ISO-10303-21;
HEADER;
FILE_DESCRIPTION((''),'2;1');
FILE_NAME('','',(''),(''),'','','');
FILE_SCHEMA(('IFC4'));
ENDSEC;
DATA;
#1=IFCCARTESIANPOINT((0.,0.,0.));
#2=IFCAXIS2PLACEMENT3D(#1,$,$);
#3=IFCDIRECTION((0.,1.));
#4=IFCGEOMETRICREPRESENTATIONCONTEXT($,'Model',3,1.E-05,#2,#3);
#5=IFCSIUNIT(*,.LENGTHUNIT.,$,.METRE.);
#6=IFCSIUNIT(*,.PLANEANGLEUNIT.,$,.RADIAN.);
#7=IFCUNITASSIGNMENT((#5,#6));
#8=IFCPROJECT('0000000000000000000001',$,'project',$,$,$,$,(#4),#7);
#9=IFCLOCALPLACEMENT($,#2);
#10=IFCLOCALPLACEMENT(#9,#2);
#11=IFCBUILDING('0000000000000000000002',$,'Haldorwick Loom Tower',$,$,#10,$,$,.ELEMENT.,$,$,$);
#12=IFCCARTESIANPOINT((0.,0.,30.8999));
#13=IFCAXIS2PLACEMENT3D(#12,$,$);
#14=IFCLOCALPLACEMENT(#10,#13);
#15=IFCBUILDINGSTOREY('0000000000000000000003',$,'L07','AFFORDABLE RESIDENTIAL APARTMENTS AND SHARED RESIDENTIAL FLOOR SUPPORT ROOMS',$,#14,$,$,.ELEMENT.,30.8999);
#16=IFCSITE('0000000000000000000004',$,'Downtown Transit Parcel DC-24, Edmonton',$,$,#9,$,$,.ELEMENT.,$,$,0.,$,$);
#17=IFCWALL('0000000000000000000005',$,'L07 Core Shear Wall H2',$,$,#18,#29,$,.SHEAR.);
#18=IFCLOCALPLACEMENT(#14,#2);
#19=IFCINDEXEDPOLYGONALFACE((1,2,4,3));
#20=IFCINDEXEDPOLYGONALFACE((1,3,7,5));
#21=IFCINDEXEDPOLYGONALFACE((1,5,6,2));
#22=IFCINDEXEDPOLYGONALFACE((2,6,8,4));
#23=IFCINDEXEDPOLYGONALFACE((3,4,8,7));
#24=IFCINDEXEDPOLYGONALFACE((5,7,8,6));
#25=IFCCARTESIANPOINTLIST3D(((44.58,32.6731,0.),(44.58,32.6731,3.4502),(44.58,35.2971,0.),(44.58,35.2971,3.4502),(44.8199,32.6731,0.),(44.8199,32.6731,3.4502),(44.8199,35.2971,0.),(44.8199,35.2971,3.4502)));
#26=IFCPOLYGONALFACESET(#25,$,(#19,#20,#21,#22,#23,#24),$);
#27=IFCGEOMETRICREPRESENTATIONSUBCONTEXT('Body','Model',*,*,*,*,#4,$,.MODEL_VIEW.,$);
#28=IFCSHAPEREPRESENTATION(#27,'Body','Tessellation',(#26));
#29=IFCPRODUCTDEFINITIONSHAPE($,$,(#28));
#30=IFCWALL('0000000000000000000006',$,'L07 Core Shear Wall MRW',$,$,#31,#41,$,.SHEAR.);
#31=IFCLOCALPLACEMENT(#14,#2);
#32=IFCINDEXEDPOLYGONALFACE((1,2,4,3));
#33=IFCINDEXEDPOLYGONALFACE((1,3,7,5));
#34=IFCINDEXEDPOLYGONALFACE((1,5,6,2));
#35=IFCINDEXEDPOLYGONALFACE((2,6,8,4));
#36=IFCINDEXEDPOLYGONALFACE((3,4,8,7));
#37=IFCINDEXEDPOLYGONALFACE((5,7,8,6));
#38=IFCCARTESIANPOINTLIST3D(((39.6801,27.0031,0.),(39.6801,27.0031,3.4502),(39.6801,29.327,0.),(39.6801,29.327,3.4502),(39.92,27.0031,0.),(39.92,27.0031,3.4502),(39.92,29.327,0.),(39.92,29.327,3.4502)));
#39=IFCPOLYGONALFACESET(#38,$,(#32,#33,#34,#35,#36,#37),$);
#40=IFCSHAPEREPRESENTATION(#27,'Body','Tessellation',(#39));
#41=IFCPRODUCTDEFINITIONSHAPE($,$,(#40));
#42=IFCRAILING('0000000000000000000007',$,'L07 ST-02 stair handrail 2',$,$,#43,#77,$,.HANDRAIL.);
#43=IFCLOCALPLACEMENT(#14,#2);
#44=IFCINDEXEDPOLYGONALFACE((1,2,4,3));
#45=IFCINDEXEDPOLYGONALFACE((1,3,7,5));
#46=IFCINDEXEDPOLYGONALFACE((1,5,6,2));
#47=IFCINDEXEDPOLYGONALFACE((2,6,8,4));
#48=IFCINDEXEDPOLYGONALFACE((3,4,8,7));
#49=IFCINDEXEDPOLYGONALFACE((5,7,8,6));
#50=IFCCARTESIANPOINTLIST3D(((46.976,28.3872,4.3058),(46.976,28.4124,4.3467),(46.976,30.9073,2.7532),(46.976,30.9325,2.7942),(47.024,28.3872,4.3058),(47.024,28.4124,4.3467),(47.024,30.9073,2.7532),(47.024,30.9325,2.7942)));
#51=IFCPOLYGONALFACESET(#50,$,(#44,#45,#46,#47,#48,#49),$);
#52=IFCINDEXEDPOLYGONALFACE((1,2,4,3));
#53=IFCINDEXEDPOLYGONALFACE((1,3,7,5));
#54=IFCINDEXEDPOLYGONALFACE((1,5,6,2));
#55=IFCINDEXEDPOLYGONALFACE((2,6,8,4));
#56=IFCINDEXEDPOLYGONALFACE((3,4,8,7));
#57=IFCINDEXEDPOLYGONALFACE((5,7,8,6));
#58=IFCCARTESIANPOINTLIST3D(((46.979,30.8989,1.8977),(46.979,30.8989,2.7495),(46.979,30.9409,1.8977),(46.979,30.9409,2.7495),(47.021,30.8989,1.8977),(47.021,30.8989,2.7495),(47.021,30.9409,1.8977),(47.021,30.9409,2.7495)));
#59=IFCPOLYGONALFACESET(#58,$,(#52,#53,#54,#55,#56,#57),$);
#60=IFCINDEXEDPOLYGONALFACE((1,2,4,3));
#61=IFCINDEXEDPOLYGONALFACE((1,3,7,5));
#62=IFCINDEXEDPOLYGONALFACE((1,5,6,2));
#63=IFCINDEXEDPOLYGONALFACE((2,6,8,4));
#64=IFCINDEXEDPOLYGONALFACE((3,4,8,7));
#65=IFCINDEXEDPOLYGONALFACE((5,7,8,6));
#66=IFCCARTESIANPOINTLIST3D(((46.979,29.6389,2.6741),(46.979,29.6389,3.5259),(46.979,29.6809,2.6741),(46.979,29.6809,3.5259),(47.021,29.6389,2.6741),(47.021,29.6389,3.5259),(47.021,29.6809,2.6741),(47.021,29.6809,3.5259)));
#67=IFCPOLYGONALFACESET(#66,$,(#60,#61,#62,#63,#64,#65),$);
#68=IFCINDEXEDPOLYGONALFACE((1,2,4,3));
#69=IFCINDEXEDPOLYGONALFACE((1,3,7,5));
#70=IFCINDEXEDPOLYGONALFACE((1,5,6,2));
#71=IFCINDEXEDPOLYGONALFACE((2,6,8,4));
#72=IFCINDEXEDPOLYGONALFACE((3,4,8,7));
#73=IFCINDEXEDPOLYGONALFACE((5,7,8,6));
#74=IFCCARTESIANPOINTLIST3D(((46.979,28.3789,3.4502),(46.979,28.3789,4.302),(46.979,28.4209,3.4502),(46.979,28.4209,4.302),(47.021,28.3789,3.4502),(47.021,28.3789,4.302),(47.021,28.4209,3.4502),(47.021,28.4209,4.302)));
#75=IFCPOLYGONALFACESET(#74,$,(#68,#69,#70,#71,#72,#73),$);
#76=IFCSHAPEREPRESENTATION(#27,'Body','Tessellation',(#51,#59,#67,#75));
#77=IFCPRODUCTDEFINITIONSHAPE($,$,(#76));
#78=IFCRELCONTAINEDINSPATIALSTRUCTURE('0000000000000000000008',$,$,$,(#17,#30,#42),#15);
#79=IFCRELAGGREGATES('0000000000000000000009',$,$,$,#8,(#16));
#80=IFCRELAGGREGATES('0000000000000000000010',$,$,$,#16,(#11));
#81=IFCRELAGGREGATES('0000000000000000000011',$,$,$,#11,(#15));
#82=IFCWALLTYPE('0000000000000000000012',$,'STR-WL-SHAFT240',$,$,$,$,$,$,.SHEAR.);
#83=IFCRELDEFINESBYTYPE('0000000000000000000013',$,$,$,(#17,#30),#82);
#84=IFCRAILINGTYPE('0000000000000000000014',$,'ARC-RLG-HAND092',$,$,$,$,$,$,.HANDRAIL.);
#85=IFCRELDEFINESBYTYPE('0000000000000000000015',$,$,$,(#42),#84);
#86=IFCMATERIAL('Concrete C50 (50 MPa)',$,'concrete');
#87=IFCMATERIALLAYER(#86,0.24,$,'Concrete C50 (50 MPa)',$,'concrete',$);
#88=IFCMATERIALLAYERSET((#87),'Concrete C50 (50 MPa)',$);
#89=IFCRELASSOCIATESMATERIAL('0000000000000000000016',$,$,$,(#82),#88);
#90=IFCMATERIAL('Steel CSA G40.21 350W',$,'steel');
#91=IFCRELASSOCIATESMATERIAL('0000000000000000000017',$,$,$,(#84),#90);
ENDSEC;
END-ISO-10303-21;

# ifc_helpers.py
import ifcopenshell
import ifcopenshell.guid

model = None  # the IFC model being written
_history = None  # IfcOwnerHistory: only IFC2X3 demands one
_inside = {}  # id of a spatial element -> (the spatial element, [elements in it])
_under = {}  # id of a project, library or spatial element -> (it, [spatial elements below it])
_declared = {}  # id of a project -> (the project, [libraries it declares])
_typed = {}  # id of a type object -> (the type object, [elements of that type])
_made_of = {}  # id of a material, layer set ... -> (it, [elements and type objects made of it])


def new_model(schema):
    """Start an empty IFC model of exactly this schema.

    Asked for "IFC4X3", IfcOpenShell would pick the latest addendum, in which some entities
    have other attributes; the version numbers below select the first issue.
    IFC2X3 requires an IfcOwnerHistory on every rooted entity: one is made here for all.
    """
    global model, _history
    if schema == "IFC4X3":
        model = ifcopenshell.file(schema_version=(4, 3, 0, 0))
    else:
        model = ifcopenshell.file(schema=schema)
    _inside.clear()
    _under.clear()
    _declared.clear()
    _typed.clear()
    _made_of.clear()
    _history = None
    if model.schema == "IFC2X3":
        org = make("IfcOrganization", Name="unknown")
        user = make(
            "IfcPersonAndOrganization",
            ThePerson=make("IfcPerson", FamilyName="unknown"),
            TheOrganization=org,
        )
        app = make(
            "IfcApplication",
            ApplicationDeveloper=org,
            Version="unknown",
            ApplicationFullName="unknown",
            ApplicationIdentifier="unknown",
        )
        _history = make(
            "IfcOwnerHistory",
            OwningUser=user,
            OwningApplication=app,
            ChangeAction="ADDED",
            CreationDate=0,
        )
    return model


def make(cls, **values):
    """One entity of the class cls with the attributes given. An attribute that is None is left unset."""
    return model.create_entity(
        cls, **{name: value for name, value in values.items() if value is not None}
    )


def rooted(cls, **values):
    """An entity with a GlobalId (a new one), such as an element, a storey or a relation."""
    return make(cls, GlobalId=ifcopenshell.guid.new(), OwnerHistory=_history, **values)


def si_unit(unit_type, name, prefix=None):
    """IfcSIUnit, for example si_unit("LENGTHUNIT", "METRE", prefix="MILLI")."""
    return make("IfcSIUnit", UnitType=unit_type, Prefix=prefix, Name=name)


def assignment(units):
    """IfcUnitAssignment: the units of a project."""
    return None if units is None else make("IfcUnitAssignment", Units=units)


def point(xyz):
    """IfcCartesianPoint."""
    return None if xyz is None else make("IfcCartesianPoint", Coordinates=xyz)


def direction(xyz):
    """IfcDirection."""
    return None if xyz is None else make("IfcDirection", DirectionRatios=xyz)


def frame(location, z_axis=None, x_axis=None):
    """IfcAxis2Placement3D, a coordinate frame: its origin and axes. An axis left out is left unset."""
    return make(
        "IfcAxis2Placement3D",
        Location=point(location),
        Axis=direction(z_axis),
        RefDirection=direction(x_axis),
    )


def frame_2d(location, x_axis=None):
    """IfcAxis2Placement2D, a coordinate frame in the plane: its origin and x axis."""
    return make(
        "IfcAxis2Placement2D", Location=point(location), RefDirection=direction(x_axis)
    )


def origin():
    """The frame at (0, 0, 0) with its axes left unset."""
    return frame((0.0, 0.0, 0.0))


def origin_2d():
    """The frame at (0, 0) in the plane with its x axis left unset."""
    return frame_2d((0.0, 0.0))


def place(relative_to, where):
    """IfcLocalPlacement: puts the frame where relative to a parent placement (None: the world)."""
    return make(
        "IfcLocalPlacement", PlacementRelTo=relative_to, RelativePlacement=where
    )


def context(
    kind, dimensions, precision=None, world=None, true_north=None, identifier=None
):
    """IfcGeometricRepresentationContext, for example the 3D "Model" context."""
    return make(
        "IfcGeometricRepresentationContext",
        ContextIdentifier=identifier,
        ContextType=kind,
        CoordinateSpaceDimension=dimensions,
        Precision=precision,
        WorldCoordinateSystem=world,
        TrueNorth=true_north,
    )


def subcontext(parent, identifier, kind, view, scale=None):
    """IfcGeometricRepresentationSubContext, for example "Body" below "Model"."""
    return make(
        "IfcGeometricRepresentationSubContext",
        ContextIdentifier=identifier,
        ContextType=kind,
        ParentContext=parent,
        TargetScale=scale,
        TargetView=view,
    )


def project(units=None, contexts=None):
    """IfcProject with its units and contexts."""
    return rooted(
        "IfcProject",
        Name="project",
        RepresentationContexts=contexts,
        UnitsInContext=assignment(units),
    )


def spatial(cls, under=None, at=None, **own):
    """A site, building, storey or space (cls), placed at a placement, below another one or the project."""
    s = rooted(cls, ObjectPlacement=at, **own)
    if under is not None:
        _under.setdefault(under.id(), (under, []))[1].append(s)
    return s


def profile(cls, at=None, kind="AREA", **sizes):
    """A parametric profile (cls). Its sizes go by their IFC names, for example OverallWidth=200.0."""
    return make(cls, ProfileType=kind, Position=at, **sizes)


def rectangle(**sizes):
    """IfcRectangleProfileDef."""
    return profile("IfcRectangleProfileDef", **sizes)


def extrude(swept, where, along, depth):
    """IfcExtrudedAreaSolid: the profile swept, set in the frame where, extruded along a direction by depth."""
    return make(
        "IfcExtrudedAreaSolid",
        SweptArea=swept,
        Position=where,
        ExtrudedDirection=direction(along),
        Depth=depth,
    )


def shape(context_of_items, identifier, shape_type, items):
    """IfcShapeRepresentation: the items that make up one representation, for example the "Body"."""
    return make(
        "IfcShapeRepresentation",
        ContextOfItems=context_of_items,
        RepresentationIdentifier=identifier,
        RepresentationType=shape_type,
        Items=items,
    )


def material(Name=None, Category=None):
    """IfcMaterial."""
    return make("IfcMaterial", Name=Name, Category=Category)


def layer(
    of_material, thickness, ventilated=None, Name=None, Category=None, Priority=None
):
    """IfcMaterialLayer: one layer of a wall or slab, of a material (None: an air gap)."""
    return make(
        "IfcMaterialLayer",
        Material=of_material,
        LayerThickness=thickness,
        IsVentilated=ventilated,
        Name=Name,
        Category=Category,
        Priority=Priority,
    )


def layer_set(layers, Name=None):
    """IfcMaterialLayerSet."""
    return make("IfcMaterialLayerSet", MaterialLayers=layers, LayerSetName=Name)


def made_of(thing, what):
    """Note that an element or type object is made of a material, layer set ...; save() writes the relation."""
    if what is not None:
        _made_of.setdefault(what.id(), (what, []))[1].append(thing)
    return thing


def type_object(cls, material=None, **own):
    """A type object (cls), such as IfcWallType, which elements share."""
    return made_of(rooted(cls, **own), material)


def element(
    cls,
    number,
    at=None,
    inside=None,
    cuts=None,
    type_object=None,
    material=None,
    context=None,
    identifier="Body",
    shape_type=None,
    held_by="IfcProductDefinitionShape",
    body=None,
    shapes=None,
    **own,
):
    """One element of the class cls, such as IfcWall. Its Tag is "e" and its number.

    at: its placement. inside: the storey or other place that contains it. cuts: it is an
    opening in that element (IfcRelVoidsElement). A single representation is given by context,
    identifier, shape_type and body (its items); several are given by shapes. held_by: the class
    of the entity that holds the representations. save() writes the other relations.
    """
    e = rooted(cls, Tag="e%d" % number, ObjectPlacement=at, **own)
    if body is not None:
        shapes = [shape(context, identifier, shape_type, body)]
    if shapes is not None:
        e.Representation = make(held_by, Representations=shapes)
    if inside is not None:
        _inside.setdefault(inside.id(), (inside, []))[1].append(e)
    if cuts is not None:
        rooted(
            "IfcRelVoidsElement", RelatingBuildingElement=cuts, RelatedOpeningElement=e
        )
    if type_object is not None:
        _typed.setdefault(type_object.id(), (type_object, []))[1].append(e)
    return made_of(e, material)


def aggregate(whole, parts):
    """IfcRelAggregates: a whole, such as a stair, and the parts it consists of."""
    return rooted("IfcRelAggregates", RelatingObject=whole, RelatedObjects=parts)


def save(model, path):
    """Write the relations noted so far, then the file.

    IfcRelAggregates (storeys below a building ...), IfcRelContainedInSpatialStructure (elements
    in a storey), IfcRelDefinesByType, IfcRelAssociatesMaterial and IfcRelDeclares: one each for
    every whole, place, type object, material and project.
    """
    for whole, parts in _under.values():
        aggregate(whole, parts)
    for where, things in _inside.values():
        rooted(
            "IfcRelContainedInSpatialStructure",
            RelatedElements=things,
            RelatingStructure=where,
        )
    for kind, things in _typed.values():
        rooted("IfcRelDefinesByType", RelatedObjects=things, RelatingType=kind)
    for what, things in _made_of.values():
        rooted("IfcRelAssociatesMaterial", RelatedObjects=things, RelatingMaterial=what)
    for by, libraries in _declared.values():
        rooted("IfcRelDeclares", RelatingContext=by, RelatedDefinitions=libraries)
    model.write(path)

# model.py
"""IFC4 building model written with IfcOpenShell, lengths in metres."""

from ifc_helpers import new_model, si_unit, direction, frame, frame_2d, origin, origin_2d, place, context, subcontext, project, spatial, rectangle, extrude, material, layer, layer_set, type_object, element, save


model = new_model("IFC4")

# Units and contexts
model_context = context("Model", 3, precision=1e-05, world=origin(), true_north=direction((0.0, 1.0)))
body_context = subcontext(model_context, "Body", "Model", "MODEL_VIEW")
ifc_project = project(units=[si_unit("LENGTHUNIT", "METRE"), si_unit("PLANEANGLEUNIT", "RADIAN")], contexts=[model_context])

# Site, building, storey
site_placement = place(None, origin())
site = spatial("IfcSite", under=ifc_project, at=site_placement, Name="Downtown Transit Parcel DC-24, Edmonton", CompositionType="ELEMENT", RefElevation=0.0)
building_placement = place(site_placement, origin())
building = spatial("IfcBuilding", under=site, at=building_placement, Name="Haldorwick Loom Tower", CompositionType="ELEMENT")
storey_placement = place(building_placement, frame((0.0, 0.0, 30.8999)))
storey = spatial("IfcBuildingStorey", under=building, at=storey_placement, Name="L07", Description="AFFORDABLE RESIDENTIAL APARTMENTS AND SHARED RESIDENTIAL FLOOR SUPPORT ROOMS", CompositionType="ELEMENT", Elevation=30.8999)

# Shared definitions
ifc_material_1 = material(Name="Steel CSA G40.21 350W", Category="steel")

# Shared definitions
ifc_material_2 = material(Name="Concrete C50 (50 MPa)", Category="concrete")
ifc_layer_1 = layer(ifc_material_2, 0.24, Name="Concrete C50 (50 MPa)", Category="concrete")
ifc_layer_set_1 = layer_set([ifc_layer_1], Name="Concrete C50 (50 MPa)")
wall_type_1 = type_object("IfcWallType", Name="STR-WL-SHAFT240", PredefinedType="SHEAR", material=ifc_layer_set_1)

# Walls
for number, where, z_axis, x_axis, name in (
    (1, (44.7, 32.6731, 0.0), (0.0, 0.0, 1.0), (0.0, 1.0, 0.0), "L07 Core Shear Wall H2"),
):
    element("IfcWall", number, at=place(storey_placement, frame(where, z_axis=z_axis, x_axis=x_axis)), inside=storey, type_object=wall_type_1, Name=name, PredefinedType="SHEAR", context=body_context, shape_type="SweptSolid", body=[
        extrude(rectangle(XDim=2.624, YDim=0.24, at=frame_2d((1.312, 0.0))), origin(), (0.0, 0.0, 1.0), 3.4502),
    ])
wall_1_placement = place(storey_placement, frame((39.8, 27.0029, 0.0), z_axis=(0.0, 0.0, 1.0), x_axis=(0.0, 1.0, 0.0)))
element("IfcWall", 2, at=wall_1_placement, inside=storey, type_object=wall_type_1, Name="L07 Core Shear Wall MRW", PredefinedType="SHEAR", context=body_context, shape_type="SweptSolid", body=[
    extrude(rectangle(XDim=2.324, YDim=0.24, at=frame_2d((1.1621, 0.0))), origin(), (0.0, 0.0, 1.0), 3.4502),
])

# Railing
railing_type = type_object("IfcRailingType", Name="ARC-RLG-HAND092", PredefinedType="HANDRAIL", material=ifc_material_1)
railing_placement = place(storey_placement, frame((47.0, 30.9199, 1.8977)))
element("IfcRailing", 3, at=railing_placement, inside=storey, type_object=railing_type, Name="L07 ST-02 stair handrail 2", PredefinedType="HANDRAIL", context=body_context, shape_type="SweptSolid", body=[
    extrude(rectangle(XDim=0.0481, YDim=0.0481, at=origin_2d()), frame((0.0, 0.0, 0.876), z_axis=(0.0, -0.8514, 0.524516), x_axis=(1.0, 0.0, 0.0)), (0.0, 0.0, 1.0), 2.96),
    extrude(rectangle(XDim=0.042, YDim=0.042, at=origin_2d()), origin(), (0.0, 0.0, 1.0), 0.8518),
    extrude(rectangle(XDim=0.042, YDim=0.042, at=origin_2d()), frame((0.0, -1.26, 0.7764)), (0.0, 0.0, 1.0), 0.8518),
    extrude(rectangle(XDim=0.042, YDim=0.042, at=origin_2d()), frame((0.0, -2.52, 1.5525)), (0.0, 0.0, 1.0), 0.8518),
])

save(model, "model.ifc")
